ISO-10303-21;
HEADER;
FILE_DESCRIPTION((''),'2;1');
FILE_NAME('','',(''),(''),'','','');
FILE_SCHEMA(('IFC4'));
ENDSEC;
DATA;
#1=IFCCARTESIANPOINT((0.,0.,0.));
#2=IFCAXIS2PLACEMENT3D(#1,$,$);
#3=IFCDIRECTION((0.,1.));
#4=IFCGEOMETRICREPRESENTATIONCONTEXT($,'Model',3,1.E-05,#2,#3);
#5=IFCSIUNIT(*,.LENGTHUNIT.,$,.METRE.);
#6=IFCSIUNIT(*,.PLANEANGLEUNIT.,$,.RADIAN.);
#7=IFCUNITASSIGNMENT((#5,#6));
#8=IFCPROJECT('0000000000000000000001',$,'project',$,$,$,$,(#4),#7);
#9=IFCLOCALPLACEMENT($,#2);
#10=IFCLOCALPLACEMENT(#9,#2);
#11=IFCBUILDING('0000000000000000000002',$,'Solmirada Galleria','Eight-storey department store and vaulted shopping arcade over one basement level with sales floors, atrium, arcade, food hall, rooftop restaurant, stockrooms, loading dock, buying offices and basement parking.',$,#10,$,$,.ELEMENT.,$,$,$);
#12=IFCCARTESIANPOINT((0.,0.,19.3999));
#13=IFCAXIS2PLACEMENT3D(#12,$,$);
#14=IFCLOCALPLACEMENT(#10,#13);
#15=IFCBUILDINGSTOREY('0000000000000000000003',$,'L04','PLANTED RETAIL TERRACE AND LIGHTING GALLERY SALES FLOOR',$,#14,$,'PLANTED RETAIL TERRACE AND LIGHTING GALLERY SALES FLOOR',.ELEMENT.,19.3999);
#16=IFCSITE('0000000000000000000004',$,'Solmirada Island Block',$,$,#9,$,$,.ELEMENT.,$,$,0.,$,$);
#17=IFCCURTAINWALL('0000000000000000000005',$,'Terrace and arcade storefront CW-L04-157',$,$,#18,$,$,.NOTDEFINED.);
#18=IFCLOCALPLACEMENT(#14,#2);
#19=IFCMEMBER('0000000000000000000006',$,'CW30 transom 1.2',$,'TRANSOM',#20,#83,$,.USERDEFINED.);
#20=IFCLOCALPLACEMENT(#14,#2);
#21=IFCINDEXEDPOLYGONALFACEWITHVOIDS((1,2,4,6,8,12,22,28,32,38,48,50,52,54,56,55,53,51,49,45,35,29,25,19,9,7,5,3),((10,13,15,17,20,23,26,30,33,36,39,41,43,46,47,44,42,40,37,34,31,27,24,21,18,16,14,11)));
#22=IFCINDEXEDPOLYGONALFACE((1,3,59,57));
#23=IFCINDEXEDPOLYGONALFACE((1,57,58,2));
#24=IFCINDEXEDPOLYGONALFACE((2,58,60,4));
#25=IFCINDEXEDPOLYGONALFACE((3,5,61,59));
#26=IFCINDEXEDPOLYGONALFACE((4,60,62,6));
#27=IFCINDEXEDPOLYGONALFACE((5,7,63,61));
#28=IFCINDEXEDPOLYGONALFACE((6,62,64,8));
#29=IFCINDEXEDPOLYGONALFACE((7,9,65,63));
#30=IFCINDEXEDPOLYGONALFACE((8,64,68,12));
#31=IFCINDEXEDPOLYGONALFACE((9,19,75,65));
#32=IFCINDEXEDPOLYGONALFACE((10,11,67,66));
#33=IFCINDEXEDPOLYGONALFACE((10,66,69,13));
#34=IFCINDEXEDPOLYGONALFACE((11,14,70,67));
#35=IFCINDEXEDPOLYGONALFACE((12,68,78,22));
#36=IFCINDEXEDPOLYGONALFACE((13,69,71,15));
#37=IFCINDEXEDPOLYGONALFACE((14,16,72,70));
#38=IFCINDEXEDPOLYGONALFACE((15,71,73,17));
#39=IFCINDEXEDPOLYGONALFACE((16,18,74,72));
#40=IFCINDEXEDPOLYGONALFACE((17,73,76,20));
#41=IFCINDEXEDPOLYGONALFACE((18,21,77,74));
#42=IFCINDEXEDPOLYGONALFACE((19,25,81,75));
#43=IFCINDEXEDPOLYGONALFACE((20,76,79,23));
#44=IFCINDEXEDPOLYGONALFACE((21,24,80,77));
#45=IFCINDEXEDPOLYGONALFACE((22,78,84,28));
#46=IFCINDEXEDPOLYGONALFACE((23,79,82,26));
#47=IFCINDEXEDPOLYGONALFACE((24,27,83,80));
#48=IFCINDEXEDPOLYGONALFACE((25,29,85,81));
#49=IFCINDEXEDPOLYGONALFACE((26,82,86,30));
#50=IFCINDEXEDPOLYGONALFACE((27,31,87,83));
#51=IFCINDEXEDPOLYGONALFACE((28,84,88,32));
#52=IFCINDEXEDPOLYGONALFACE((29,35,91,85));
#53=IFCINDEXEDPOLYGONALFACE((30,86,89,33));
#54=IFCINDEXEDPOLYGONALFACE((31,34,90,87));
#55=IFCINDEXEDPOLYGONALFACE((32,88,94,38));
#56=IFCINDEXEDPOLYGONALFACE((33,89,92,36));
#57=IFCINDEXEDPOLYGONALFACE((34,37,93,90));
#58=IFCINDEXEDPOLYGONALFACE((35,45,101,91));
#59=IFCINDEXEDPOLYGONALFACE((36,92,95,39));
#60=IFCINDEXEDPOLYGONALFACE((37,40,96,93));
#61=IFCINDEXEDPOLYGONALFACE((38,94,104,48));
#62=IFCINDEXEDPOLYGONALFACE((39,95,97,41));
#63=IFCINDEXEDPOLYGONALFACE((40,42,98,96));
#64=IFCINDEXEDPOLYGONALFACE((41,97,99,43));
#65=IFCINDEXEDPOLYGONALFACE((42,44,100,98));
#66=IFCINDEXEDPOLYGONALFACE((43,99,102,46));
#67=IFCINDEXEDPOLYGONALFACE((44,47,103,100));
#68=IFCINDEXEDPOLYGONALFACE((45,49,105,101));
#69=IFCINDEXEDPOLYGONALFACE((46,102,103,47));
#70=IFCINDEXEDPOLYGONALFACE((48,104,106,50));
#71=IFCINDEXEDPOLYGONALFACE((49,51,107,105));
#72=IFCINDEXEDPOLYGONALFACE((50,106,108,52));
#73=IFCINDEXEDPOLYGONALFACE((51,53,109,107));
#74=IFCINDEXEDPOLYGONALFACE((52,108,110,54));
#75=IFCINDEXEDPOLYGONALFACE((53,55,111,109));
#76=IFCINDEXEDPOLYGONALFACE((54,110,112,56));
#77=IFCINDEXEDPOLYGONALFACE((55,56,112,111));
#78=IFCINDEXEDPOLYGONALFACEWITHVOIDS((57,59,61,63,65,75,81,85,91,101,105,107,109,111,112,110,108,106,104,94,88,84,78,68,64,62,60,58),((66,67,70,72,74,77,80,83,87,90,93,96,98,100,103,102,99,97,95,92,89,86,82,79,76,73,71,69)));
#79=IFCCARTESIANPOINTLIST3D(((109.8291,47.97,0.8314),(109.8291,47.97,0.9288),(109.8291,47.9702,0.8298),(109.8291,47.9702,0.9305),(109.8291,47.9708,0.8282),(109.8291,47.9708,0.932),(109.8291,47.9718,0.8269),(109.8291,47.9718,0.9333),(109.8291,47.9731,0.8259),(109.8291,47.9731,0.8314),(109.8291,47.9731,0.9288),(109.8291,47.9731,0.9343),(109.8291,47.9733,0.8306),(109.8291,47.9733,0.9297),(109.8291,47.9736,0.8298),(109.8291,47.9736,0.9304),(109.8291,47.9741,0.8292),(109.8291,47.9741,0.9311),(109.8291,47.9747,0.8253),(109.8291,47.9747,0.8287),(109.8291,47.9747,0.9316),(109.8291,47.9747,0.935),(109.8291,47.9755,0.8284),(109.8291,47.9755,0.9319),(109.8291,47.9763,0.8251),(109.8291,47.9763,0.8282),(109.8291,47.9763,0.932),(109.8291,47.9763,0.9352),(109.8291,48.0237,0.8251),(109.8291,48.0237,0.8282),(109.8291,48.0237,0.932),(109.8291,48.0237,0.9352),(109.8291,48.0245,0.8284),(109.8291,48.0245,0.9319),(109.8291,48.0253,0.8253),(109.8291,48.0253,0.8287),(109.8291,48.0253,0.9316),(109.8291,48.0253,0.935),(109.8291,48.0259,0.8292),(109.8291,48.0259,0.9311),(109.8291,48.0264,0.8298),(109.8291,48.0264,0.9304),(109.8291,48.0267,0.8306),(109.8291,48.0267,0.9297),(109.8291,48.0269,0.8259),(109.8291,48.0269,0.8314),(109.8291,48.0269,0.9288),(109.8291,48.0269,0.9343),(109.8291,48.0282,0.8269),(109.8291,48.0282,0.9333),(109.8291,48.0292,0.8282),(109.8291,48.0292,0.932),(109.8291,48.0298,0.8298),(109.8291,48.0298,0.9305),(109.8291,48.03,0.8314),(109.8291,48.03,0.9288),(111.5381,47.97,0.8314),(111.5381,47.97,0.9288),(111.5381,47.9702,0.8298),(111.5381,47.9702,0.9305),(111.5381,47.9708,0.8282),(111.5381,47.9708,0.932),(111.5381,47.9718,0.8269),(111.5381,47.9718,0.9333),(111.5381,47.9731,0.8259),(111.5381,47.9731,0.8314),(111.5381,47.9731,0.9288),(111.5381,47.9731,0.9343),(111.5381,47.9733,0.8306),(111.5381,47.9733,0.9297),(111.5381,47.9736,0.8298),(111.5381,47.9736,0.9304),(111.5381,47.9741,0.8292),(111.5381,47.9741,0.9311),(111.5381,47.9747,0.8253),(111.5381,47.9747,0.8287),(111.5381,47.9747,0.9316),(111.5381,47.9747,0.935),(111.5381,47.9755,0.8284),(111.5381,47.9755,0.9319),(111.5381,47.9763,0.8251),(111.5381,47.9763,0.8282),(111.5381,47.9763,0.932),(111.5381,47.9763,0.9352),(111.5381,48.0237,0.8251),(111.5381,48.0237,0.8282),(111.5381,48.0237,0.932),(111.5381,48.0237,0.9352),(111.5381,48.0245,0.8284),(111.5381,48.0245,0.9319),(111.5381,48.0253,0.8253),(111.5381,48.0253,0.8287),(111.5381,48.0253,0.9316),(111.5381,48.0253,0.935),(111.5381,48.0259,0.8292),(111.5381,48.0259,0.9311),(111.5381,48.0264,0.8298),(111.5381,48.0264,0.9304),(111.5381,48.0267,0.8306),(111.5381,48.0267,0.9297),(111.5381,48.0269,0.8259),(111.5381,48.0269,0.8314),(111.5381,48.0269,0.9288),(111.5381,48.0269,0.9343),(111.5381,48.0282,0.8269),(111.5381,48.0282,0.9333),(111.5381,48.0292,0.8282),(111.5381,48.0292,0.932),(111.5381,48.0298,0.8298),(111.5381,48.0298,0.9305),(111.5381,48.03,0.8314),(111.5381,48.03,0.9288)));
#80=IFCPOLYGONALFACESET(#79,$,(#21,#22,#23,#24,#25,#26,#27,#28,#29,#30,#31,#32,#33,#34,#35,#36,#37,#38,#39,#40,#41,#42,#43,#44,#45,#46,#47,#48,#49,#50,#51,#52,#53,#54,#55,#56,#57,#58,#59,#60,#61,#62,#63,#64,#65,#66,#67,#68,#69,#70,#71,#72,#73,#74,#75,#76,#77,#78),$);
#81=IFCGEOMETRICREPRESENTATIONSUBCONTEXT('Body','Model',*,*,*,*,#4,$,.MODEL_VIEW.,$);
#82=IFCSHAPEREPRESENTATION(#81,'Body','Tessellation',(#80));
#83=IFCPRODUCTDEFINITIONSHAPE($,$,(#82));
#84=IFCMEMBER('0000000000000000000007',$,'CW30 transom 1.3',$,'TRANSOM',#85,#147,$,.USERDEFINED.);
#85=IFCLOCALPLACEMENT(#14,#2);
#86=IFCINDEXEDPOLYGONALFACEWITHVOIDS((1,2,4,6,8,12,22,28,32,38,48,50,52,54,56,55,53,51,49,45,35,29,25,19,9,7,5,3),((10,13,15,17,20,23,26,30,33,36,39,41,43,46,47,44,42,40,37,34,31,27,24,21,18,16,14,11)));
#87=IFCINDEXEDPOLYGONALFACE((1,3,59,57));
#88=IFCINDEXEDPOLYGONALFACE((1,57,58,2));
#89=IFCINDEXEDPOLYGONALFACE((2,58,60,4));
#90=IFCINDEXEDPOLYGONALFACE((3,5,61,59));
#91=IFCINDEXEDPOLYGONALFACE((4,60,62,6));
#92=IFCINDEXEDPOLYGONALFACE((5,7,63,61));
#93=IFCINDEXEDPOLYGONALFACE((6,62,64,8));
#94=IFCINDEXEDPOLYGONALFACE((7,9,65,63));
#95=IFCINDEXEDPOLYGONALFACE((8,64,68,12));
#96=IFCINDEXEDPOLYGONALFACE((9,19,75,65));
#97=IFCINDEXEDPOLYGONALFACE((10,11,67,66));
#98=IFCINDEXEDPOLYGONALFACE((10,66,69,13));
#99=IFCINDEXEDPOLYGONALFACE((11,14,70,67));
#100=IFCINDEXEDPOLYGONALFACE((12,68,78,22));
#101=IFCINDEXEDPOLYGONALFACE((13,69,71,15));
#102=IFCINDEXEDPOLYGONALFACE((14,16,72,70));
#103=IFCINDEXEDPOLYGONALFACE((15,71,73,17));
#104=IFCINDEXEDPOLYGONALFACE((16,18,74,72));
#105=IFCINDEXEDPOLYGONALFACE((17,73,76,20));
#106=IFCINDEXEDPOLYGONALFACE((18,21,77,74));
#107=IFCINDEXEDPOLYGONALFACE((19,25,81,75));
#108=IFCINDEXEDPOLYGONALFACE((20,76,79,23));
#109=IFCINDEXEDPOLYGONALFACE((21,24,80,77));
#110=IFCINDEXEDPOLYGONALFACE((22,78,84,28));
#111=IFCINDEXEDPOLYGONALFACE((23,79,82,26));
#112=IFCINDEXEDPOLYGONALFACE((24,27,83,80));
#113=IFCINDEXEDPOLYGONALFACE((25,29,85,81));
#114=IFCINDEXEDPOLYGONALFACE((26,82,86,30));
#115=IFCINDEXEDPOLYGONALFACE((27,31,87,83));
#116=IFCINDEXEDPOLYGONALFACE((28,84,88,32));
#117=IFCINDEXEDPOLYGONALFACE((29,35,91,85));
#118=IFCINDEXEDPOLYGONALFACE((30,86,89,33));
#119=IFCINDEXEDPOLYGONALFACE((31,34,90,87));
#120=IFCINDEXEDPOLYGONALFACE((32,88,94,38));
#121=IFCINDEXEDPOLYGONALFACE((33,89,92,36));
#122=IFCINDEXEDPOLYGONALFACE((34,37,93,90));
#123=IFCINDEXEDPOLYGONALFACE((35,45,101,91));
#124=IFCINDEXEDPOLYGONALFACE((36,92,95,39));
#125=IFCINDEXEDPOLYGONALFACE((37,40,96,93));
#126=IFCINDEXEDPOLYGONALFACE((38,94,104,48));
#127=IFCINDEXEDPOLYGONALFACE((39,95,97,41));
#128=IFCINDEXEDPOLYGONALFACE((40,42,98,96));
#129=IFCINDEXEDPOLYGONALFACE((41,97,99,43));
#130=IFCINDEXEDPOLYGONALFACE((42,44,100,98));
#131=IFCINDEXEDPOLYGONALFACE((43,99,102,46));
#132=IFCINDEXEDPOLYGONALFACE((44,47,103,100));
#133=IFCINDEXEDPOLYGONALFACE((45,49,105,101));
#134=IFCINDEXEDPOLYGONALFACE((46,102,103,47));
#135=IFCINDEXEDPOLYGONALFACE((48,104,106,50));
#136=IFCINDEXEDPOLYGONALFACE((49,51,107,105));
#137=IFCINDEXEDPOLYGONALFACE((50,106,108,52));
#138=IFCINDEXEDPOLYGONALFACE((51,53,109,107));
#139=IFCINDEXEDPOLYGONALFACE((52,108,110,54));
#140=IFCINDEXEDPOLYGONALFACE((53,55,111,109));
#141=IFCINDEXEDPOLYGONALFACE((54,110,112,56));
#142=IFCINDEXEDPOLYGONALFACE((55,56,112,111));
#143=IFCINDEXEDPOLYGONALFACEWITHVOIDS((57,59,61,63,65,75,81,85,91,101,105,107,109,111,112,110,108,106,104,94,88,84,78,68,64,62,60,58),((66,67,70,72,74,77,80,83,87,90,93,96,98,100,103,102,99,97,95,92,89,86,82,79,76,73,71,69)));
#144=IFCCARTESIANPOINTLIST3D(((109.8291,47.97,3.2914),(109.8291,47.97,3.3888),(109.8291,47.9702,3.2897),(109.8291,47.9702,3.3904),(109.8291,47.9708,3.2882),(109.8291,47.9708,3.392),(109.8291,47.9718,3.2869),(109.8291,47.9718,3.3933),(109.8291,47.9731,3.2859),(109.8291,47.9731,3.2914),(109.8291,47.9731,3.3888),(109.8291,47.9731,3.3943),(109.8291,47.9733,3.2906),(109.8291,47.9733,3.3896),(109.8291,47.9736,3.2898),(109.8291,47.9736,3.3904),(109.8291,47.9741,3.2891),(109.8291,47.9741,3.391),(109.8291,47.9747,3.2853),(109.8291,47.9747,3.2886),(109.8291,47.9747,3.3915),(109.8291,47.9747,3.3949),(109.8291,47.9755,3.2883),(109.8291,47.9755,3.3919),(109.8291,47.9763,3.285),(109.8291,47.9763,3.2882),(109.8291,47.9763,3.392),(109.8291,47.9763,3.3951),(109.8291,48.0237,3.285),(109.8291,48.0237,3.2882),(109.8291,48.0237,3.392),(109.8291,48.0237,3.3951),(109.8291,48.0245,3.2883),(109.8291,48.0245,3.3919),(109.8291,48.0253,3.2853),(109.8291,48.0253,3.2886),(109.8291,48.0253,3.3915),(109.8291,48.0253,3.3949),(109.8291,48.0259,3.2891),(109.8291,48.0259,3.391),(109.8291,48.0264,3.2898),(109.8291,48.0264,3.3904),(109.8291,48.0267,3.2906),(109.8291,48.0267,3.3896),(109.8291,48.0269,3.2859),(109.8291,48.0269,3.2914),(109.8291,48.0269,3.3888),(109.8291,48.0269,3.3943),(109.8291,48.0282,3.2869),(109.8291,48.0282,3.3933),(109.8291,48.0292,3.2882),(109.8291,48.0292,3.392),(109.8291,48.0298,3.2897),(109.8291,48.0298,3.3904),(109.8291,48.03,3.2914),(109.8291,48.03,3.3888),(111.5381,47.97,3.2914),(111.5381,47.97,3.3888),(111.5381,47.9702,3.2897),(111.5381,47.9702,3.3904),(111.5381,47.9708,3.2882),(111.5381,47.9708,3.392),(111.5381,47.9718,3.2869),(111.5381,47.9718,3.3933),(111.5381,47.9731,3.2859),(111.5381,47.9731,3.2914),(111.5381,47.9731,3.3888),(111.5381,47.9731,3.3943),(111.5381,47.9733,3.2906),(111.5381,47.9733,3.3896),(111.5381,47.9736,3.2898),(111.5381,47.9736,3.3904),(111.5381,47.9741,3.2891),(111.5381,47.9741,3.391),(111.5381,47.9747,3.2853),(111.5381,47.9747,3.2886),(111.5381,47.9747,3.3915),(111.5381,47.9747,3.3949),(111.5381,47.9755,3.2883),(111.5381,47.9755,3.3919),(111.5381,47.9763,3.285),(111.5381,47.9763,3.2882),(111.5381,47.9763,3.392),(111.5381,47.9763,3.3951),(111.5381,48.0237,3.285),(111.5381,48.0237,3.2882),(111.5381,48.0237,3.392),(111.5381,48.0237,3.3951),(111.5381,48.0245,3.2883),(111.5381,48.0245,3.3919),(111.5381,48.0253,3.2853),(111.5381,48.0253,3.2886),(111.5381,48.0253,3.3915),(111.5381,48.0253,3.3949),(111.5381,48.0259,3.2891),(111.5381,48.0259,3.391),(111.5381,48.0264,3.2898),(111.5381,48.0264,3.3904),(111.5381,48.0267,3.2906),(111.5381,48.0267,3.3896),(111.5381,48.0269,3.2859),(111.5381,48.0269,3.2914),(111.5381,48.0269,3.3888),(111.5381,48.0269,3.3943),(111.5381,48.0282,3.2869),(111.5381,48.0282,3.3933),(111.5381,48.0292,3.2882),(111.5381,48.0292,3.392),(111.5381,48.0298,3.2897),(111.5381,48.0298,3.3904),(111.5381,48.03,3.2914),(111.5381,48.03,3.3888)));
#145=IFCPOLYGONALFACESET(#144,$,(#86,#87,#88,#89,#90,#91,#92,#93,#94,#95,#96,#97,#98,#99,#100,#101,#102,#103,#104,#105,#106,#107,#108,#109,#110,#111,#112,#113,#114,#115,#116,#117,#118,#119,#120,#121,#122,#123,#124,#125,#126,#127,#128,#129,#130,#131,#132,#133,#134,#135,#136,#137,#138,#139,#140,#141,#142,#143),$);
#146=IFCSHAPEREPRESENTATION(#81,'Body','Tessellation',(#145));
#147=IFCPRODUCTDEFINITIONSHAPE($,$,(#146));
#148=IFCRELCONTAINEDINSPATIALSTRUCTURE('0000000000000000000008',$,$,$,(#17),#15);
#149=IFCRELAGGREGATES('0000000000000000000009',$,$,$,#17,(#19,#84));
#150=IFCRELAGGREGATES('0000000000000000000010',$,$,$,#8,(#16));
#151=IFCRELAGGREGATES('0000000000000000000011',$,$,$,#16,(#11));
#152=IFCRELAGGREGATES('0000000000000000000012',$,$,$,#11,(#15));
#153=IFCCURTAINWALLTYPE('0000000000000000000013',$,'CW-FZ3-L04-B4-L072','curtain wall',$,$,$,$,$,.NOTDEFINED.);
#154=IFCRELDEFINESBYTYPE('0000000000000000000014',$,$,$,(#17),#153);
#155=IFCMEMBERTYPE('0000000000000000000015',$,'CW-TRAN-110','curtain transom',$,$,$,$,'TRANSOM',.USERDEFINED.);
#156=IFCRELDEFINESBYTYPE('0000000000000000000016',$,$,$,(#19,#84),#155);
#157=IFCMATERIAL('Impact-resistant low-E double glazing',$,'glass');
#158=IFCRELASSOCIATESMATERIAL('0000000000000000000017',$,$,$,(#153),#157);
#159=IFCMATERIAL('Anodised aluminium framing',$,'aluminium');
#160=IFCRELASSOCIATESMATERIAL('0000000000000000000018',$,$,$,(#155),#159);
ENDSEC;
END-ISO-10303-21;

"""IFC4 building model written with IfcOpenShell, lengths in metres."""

from ifc_helpers import new_model, si_unit, direction, frame, origin, origin_2d, place, context, subcontext, project, spatial, hollow_rectangle, extrude, material, material_profile, profile_set, type_object, element, aggregate, save


model = new_model("IFC4")

# Units and contexts
model_context = context("Model", 3, precision=1e-05, world=origin(), true_north=direction((0.0, 1.0)))
body_context = subcontext(model_context, "Body", "Model", "MODEL_VIEW")
ifc_project = project(units=[si_unit("LENGTHUNIT", "METRE"), si_unit("PLANEANGLEUNIT", "RADIAN")], contexts=[model_context])

# Site, building, storey
site_placement = place(None, origin())
site = spatial("IfcSite", under=ifc_project, at=site_placement, Name="Solmirada Island Block", CompositionType="ELEMENT", RefElevation=0.0)
building_placement = place(site_placement, origin())
building = spatial("IfcBuilding", under=site, at=building_placement, Name="Solmirada Galleria", Description="Eight-storey department store and vaulted shopping arcade over one basement level with sales floors, atrium, arcade, food hall, rooftop restaurant, stockrooms, loading dock, buying offices and basement parking.", CompositionType="ELEMENT")
storey_placement = place(building_placement, frame((0.0, 0.0, 19.3999)))
storey = spatial("IfcBuildingStorey", under=building, at=storey_placement, Name="L04", Description="PLANTED RETAIL TERRACE AND LIGHTING GALLERY SALES FLOOR", LongName="PLANTED RETAIL TERRACE AND LIGHTING GALLERY SALES FLOOR", CompositionType="ELEMENT", Elevation=19.3999)

# Shared definitions
ifc_material_1 = material(Name="Impact-resistant low-E double glazing", Category="glass")
curtain_wall_type = type_object("IfcCurtainWallType", Name="CW-FZ3-L04-B4-L072", Description="curtain wall", PredefinedType="NOTDEFINED", material=ifc_material_1)
ifc_material_2 = material(Name="Anodised aluminium framing", Category="aluminium")

# Curtain wall
curtain_wall_1_placement = place(storey_placement, origin())
curtain_wall_1 = element("IfcCurtainWall", 1, at=curtain_wall_1_placement, inside=storey, type_object=curtain_wall_type, Name="Terrace and arcade storefront CW-L04-157", PredefinedType="NOTDEFINED")

# Members
ifc_material_profile_1 = material_profile(ifc_material_2, hollow_rectangle(XDim=0.0601, YDim=0.1101, WallThickness=0.0032, InnerFilletRadius=0.0032, OuterFilletRadius=0.0063, at=origin_2d()), Name="ALU-TRAN-110X60")
ifc_profile_set_1 = profile_set([ifc_material_profile_1], Name="Anodised aluminium framing")
member_type_1 = type_object("IfcMemberType", Name="CW-TRAN-110", Description="curtain transom", ElementType="TRANSOM", PredefinedType="USERDEFINED", material=ifc_profile_set_1)
member_1_placement = place(storey_placement, frame((111.5381, 48.0, 0.8801), z_axis=(-1.0, 0.0, 0.0), x_axis=(0.0, -1.0, 0.0)))
member_1 = element("IfcMember", 2, at=member_1_placement, type_object=member_type_1, Name="CW30 transom 1.2", ObjectType="TRANSOM", PredefinedType="USERDEFINED", context=body_context, shape_type="SweptSolid", body=[
    extrude(hollow_rectangle(XDim=0.0601, YDim=0.1101, WallThickness=0.0032, InnerFilletRadius=0.0032, OuterFilletRadius=0.0063, at=origin_2d()), origin(), (0.0, 0.0, 1.0), 1.709),
])
member_2_placement = place(storey_placement, frame((111.5381, 48.0, 3.3401), z_axis=(-1.0, 0.0, 0.0), x_axis=(0.0, -1.0, 0.0)))
member_2 = element("IfcMember", 3, at=member_2_placement, type_object=member_type_1, Name="CW30 transom 1.3", ObjectType="TRANSOM", PredefinedType="USERDEFINED", context=body_context, shape_type="SweptSolid", body=[
    extrude(hollow_rectangle(XDim=0.0601, YDim=0.1101, WallThickness=0.0032, InnerFilletRadius=0.0032, OuterFilletRadius=0.0063, at=origin_2d()), origin(), (0.0, 0.0, 1.0), 1.709),
])

aggregate(curtain_wall_1, [member_1, member_2])

save(model, "model.ifc")
